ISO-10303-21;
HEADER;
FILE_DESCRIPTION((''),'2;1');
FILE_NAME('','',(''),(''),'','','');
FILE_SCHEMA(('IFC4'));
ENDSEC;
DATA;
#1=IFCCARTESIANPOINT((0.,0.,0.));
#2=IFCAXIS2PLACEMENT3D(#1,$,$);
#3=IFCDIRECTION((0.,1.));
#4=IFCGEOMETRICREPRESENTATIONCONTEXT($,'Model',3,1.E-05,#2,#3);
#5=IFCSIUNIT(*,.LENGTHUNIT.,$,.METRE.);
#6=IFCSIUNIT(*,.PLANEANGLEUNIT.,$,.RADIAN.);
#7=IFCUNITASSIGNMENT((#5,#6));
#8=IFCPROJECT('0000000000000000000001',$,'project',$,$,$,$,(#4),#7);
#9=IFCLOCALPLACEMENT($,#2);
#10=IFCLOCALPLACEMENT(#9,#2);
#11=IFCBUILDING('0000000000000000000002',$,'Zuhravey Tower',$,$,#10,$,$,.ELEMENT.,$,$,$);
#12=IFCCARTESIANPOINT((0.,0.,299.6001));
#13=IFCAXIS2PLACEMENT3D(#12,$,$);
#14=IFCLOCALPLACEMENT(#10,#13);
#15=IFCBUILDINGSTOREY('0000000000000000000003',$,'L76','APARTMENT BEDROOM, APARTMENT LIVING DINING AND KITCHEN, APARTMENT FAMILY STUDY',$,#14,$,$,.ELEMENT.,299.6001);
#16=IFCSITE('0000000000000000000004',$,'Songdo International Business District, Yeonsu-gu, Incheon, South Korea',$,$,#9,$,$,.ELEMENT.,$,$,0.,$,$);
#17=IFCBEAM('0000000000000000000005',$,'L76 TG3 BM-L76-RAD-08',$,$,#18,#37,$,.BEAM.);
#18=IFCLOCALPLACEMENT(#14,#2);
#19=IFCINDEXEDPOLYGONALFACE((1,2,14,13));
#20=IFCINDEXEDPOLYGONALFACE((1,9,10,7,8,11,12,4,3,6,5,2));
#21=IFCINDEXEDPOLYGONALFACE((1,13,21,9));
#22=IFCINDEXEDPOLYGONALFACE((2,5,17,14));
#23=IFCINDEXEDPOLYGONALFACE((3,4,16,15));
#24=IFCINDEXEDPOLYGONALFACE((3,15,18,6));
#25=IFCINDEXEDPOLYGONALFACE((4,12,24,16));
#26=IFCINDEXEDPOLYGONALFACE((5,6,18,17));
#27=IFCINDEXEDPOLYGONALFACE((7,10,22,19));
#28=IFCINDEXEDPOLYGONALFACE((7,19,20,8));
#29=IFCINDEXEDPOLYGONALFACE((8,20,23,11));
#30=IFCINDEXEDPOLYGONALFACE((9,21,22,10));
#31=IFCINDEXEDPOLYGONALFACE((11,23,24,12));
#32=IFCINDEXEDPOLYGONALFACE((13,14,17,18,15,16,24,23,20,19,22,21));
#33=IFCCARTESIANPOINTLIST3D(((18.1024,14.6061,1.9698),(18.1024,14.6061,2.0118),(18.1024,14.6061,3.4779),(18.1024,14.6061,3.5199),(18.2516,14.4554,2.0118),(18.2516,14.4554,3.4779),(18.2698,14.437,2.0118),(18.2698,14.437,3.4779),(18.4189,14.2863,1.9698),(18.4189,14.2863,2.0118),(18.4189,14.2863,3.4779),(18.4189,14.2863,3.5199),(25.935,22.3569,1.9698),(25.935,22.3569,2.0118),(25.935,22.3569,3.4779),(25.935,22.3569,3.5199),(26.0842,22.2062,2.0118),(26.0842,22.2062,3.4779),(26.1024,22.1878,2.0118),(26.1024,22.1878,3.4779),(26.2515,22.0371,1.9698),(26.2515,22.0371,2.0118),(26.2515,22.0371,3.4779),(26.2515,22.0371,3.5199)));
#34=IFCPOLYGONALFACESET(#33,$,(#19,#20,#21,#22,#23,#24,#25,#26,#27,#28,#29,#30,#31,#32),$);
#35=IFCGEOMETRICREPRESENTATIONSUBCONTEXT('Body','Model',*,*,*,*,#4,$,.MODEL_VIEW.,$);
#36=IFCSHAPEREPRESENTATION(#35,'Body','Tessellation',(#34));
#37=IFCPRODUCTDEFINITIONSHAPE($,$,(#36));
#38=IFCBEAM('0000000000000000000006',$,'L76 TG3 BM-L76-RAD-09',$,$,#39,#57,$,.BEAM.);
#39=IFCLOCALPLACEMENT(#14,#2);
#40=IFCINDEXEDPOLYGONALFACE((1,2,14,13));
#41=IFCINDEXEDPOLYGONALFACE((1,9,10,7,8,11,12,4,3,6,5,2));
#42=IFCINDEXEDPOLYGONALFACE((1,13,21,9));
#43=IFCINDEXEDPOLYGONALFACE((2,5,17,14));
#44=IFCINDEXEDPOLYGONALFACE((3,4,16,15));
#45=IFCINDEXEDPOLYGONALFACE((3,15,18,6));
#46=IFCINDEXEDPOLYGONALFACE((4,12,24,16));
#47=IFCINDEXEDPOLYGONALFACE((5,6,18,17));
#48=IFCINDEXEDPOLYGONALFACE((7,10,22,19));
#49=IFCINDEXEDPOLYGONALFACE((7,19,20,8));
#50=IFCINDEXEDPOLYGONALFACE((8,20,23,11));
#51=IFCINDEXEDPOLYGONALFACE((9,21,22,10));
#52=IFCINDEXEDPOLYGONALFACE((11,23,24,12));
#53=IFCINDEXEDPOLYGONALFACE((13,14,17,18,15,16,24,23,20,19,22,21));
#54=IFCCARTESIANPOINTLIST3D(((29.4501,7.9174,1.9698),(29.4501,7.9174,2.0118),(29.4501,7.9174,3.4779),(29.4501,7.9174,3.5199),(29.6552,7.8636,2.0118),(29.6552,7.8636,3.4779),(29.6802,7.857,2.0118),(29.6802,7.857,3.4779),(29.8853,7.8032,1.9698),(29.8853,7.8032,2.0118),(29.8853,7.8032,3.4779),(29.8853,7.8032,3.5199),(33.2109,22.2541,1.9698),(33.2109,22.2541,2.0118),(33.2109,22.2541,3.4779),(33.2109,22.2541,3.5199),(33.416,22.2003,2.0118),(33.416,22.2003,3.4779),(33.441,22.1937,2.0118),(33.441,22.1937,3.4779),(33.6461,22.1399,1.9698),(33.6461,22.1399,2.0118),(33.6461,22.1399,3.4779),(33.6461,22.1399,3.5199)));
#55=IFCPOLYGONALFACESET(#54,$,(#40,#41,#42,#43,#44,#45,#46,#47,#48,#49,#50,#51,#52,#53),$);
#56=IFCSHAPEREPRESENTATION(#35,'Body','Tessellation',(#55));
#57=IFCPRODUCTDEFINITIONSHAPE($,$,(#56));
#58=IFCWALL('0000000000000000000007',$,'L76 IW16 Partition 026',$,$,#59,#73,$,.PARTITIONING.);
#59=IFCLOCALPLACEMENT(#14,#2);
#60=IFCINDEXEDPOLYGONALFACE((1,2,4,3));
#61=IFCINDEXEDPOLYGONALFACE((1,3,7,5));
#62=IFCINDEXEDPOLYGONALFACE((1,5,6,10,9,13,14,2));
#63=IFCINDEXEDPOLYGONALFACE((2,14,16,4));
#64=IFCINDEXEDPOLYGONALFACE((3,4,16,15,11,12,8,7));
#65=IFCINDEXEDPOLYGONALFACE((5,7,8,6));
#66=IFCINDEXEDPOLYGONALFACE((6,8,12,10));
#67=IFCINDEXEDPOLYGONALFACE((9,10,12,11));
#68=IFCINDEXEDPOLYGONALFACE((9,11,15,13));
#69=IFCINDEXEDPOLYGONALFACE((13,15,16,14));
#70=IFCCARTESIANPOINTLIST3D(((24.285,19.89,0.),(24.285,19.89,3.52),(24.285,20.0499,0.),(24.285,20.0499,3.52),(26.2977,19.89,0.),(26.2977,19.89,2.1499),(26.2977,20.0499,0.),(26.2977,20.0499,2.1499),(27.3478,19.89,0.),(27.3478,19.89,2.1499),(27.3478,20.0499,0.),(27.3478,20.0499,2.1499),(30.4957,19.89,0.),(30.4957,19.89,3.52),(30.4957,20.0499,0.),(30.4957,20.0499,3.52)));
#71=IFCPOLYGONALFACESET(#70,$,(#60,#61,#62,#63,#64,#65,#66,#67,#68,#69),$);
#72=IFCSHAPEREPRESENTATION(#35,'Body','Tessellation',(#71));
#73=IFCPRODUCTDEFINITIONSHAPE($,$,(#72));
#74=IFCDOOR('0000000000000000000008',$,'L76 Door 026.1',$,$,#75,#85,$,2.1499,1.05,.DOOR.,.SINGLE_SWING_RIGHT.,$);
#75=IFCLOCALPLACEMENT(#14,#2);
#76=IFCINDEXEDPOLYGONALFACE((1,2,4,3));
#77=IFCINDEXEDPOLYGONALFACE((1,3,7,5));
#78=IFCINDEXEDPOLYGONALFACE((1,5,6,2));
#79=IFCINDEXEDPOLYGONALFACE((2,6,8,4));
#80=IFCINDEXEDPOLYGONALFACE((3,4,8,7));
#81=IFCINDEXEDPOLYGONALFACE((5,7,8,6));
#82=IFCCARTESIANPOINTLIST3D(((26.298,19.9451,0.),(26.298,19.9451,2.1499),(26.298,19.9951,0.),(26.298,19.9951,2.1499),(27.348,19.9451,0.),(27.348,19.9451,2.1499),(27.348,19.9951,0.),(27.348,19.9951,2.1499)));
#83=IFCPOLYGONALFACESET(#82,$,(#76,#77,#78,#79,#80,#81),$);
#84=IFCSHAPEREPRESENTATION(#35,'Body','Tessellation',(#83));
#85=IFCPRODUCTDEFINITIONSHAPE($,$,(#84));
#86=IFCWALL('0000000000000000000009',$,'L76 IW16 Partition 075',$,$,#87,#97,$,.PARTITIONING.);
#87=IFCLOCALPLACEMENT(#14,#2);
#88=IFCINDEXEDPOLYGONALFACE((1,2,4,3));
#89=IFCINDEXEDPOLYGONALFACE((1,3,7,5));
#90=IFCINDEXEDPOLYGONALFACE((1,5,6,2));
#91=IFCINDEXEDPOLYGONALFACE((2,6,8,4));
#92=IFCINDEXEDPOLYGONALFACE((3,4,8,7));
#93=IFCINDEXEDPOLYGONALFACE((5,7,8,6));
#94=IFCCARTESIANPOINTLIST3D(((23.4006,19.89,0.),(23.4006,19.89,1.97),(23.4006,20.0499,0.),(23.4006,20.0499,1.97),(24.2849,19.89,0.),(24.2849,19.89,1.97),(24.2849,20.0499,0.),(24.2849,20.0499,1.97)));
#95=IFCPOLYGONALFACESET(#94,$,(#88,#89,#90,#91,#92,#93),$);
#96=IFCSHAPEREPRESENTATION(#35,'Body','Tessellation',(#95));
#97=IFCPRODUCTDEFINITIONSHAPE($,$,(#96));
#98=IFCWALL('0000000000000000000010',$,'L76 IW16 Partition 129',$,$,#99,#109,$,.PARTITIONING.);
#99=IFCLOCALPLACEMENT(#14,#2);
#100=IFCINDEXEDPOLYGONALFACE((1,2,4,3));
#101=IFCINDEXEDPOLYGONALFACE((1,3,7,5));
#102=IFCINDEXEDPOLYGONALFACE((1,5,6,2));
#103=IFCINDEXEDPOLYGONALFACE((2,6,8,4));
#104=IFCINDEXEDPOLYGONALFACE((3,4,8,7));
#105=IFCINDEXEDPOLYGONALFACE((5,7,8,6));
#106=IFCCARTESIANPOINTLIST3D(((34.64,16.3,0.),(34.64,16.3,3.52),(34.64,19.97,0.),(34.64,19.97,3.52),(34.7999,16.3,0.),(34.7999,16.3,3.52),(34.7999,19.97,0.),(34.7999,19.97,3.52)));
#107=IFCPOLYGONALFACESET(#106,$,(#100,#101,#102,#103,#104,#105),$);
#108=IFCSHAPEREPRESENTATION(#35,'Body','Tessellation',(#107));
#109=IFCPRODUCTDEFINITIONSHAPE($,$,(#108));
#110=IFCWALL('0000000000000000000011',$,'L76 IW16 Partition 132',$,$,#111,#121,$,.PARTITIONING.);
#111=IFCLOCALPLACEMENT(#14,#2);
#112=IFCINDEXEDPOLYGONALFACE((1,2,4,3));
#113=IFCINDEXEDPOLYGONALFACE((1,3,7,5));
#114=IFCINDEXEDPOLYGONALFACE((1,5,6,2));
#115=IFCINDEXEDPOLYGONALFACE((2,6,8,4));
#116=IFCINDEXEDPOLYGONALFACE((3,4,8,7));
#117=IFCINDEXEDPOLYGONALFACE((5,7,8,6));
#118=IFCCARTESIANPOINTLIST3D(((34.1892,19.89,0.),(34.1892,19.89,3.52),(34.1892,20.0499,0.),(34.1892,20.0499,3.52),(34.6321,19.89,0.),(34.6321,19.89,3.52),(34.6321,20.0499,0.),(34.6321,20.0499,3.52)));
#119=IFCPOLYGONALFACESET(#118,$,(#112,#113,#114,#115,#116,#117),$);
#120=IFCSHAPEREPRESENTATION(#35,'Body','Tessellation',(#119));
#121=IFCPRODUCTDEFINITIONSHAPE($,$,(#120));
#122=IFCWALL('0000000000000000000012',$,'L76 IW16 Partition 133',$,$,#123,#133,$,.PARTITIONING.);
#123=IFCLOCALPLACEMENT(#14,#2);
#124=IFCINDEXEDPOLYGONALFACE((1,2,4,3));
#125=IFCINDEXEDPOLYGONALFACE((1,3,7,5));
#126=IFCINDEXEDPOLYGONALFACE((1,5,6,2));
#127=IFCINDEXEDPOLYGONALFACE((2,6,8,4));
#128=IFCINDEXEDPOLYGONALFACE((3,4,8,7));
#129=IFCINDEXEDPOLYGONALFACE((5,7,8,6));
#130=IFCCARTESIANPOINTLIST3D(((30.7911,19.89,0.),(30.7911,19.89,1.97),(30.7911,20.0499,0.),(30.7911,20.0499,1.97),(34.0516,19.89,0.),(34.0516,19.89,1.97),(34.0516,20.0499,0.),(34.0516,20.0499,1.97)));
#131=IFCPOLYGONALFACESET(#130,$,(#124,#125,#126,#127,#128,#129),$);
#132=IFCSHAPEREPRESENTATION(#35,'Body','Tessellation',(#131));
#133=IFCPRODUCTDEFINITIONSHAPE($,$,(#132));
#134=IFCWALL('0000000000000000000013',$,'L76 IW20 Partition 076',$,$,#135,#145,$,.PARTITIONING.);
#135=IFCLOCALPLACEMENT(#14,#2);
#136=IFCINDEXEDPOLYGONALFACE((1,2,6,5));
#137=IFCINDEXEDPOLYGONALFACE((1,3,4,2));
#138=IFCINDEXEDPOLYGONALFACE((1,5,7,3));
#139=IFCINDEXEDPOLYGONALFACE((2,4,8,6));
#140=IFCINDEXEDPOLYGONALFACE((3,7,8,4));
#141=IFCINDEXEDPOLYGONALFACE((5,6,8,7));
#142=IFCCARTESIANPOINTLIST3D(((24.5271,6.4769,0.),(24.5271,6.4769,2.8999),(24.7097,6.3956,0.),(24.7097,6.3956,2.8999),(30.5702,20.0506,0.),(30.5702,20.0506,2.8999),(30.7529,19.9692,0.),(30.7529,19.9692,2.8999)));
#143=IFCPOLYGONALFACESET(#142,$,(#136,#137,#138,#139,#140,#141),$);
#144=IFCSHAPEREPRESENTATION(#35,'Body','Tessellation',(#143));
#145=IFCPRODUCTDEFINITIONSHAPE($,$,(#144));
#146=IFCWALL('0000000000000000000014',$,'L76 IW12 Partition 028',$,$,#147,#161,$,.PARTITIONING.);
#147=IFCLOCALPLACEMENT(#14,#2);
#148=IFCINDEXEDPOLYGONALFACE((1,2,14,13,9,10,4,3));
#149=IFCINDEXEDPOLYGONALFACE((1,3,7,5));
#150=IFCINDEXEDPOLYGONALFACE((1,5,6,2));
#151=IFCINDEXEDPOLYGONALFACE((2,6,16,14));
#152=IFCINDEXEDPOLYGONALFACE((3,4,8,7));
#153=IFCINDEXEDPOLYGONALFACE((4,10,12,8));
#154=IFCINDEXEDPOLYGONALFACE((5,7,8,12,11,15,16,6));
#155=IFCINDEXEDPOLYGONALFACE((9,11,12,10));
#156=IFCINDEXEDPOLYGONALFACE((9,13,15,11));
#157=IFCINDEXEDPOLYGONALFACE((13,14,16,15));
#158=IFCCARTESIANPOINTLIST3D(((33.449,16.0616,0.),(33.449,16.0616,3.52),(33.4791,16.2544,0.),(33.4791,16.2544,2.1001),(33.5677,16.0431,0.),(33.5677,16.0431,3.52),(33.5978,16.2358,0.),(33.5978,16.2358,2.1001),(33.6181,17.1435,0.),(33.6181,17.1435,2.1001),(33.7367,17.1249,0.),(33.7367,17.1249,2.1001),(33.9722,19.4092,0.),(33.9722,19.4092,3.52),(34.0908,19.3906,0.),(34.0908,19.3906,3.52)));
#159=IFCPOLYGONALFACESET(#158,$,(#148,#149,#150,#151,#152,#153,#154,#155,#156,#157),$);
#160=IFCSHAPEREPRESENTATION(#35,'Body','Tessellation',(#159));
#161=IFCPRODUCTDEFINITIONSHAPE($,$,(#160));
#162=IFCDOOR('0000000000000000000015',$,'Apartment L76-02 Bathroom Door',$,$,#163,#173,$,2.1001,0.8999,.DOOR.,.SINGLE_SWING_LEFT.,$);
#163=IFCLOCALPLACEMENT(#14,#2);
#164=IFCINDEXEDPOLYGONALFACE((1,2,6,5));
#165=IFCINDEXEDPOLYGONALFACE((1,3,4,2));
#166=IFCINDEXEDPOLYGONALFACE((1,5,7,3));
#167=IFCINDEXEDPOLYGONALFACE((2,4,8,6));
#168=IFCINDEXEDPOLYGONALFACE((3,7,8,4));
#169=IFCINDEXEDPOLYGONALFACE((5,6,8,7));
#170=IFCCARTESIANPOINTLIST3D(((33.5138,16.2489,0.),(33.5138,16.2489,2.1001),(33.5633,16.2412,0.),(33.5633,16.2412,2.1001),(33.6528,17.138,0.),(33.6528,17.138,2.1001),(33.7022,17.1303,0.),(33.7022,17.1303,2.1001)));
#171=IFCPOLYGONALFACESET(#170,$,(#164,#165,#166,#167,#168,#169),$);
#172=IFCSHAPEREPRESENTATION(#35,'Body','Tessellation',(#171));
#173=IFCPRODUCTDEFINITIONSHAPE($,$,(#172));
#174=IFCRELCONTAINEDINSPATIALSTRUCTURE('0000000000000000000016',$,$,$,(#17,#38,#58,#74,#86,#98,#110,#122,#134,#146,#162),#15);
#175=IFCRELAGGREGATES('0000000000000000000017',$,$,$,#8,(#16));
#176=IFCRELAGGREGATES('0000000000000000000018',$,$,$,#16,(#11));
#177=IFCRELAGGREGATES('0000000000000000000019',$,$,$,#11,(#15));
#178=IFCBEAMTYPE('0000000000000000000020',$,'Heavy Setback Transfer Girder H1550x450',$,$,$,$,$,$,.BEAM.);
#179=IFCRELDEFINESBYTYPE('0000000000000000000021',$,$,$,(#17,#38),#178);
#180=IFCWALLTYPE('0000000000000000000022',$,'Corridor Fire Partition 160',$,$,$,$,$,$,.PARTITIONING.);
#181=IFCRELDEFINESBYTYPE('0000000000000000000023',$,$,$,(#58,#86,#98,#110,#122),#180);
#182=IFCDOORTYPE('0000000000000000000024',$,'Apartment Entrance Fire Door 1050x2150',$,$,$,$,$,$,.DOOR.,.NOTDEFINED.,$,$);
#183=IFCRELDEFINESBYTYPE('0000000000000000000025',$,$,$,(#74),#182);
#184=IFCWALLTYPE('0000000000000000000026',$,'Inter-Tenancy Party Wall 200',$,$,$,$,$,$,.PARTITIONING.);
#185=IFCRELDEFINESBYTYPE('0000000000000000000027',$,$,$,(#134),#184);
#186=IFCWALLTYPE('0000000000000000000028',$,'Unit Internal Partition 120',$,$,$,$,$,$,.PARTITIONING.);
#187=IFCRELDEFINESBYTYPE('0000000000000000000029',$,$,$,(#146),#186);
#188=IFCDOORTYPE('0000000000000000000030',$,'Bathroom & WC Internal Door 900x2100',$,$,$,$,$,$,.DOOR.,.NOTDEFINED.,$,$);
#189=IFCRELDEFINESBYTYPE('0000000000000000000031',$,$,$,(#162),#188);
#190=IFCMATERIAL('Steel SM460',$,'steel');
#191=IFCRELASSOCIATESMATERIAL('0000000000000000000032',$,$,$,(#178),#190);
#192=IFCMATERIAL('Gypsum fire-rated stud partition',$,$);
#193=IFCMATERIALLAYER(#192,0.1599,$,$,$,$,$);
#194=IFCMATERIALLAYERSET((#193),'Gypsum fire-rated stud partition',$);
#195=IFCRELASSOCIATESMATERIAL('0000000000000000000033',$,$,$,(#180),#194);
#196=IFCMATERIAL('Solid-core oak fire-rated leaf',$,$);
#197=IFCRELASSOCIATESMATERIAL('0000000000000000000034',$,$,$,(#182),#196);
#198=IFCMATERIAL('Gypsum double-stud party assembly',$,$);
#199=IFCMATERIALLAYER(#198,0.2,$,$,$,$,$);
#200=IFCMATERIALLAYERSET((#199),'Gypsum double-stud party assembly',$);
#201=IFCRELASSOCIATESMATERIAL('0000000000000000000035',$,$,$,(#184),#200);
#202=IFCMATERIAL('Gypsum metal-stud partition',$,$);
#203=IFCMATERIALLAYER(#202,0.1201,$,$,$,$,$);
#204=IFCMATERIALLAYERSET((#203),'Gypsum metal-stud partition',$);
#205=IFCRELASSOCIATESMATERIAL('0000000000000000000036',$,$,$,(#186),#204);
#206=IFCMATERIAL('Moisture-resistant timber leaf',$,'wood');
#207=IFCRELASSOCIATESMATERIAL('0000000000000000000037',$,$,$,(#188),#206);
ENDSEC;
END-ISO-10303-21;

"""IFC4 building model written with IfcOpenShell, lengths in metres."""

from ifc_helpers import new_model, si_unit, direction, frame, frame_2d, origin, origin_2d, place, context, subcontext, project, spatial, rectangle, i_section, extrude, material, layer, layer_set, material_profile, profile_set, type_object, element, fill, save


model = new_model("IFC4")

# Units and contexts
model_context = context("Model", 3, precision=1e-05, world=origin(), true_north=direction((0.0, 1.0)))
body_context = subcontext(model_context, "Body", "Model", "MODEL_VIEW")
ifc_project = project(units=[si_unit("LENGTHUNIT", "METRE"), si_unit("PLANEANGLEUNIT", "RADIAN")], contexts=[model_context])

# Site, building, storey
site_placement = place(None, origin())
site = spatial("IfcSite", under=ifc_project, at=site_placement, Name="Songdo International Business District, Yeonsu-gu, Incheon, South Korea", CompositionType="ELEMENT", RefElevation=0.0)
building_placement = place(site_placement, origin())
building = spatial("IfcBuilding", under=site, at=building_placement, Name="Zuhravey Tower", CompositionType="ELEMENT")
storey_placement = place(building_placement, frame((0.0, 0.0, 299.6001)))
storey = spatial("IfcBuildingStorey", under=building, at=storey_placement, Name="L76", Description="APARTMENT BEDROOM, APARTMENT LIVING DINING AND KITCHEN, APARTMENT FAMILY STUDY", CompositionType="ELEMENT", Elevation=299.6001)

# Beams
ifc_material_1 = material(Name="Steel SM460", Category="steel")
ifc_material_profile = material_profile(ifc_material_1, i_section(OverallWidth=0.45, OverallDepth=1.55, WebThickness=0.0259, FlangeThickness=0.042, at=origin_2d()), Name="H-1550x450x26x42")
ifc_profile_set = profile_set([ifc_material_profile], Name="Steel SM460")
beam_type = type_object("IfcBeamType", Name="Heavy Setback Transfer Girder H1550x450", PredefinedType="BEAM", material=ifc_profile_set)
beam_1_placement = place(storey_placement, frame((26.0933, 22.197, 2.7449), z_axis=(-0.710808, -0.703386, 0.0), x_axis=(0.703386, -0.710808, 0.0)))
element("IfcBeam", 1, at=beam_1_placement, inside=storey, type_object=beam_type, Name="L76 TG3 BM-L76-RAD-08", PredefinedType="BEAM", context=body_context, shape_type="SweptSolid", body=[
    extrude(i_section(OverallWidth=0.45, OverallDepth=1.55, WebThickness=0.0259, FlangeThickness=0.042, at=origin_2d()), origin(), (0.0, 0.0, 1.0), 11.0193),
])
beam_2_placement = place(storey_placement, frame((33.4285, 22.197, 2.7449), z_axis=(-0.253732, -0.967275, 0.0), x_axis=(0.967275, -0.253732, 0.0)))
element("IfcBeam", 2, at=beam_2_placement, inside=storey, type_object=beam_type, Name="L76 TG3 BM-L76-RAD-09", PredefinedType="BEAM", context=body_context, shape_type="SweptSolid", body=[
    extrude(i_section(OverallWidth=0.45, OverallDepth=1.55, WebThickness=0.0259, FlangeThickness=0.042, at=origin_2d()), origin(), (0.0, 0.0, 1.0), 14.8218),
])

# Wall, opening, door
ifc_material_2 = material(Name="Gypsum fire-rated stud partition")
ifc_layer_1 = layer(ifc_material_2, 0.1599)
ifc_layer_set_1 = layer_set([ifc_layer_1], Name="Gypsum fire-rated stud partition")
wall_type_1 = type_object("IfcWallType", Name="Corridor Fire Partition 160", PredefinedType="PARTITIONING", material=ifc_layer_set_1)
wall_1_placement = place(storey_placement, frame((24.2849, 19.97, 0.0), z_axis=(0.0, 0.0, 1.0), x_axis=(1.0, 0.0, 0.0)))
wall_1 = element("IfcWall", 3, at=wall_1_placement, inside=storey, type_object=wall_type_1, Name="L76 IW16 Partition 026", PredefinedType="PARTITIONING", context=body_context, shape_type="SweptSolid", body=[
    extrude(rectangle(XDim=6.2107, YDim=0.1599, at=frame_2d((3.1055, 0.0))), origin(), (0.0, 0.0, 1.0), 3.52),
])
opening_1_placement = place(wall_1_placement, frame((2.0129, 0.0, 0.0)))
opening_1 = element("IfcOpeningElement", 4, at=opening_1_placement, cuts=wall_1, PredefinedType="OPENING", context=body_context, shape_type="SweptSolid", body=[
    extrude(rectangle(XDim=1.05, YDim=2.1499, at=frame_2d((0.5249, 1.075))), frame((0.0, 0.092, 0.0), z_axis=(0.0, -1.0, 0.0), x_axis=(1.0, 0.0, 0.0)), (0.0, 0.0, 1.0), 0.1838),
])
ifc_material_3 = material(Name="Solid-core oak fire-rated leaf")
door_type_1 = type_object("IfcDoorType", Name="Apartment Entrance Fire Door 1050x2150", OperationType="NOTDEFINED", PredefinedType="DOOR", material=ifc_material_3)
door_1_placement = place(opening_1_placement, frame((1.05, 0.0, 0.0), z_axis=(0.0, 0.0, 1.0), x_axis=(-1.0, 0.0, 0.0)))
door_1 = element("IfcDoor", 5, at=door_1_placement, inside=storey, type_object=door_type_1, Name="L76 Door 026.1", OperationType="SINGLE_SWING_RIGHT", OverallHeight=2.1499, OverallWidth=1.05, PredefinedType="DOOR", context=body_context, shape_type="SweptSolid", body=[
    extrude(rectangle(XDim=1.05, YDim=2.1499, at=frame_2d((0.5249, 1.075))), frame((0.0, 0.0249, 0.0), z_axis=(0.0, -1.0, 0.0), x_axis=(1.0, 0.0, 0.0)), (0.0, 0.0, 1.0), 0.05),
])
fill(opening_1, door_1)

# Walls
wall_2_placement = place(storey_placement, frame((23.4006, 19.97, 0.0), z_axis=(0.0, 0.0, 1.0), x_axis=(1.0, 0.0, 0.0)))
element("IfcWall", 6, at=wall_2_placement, inside=storey, type_object=wall_type_1, Name="L76 IW16 Partition 075", PredefinedType="PARTITIONING", context=body_context, shape_type="SweptSolid", body=[
    extrude(rectangle(XDim=0.8843, YDim=0.1599, at=frame_2d((0.4421, 0.0))), origin(), (0.0, 0.0, 1.0), 1.97),
])
wall_3_placement = place(storey_placement, frame((34.72, 19.97, 0.0), z_axis=(0.0, 0.0, 1.0), x_axis=(0.0, -1.0, 0.0)))
element("IfcWall", 7, at=wall_3_placement, inside=storey, type_object=wall_type_1, Name="L76 IW16 Partition 129", PredefinedType="PARTITIONING", context=body_context, shape_type="SweptSolid", body=[
    extrude(rectangle(XDim=3.6699, YDim=0.1599, at=frame_2d((1.835, 0.0))), origin(), (0.0, 0.0, 1.0), 3.52),
])
wall_4_placement = place(storey_placement, frame((34.1892, 19.97, 0.0), z_axis=(0.0, 0.0, 1.0), x_axis=(1.0, 0.0, 0.0)))
element("IfcWall", 8, at=wall_4_placement, inside=storey, type_object=wall_type_1, Name="L76 IW16 Partition 132", PredefinedType="PARTITIONING", context=body_context, shape_type="SweptSolid", body=[
    extrude(rectangle(XDim=0.4429, YDim=0.1599, at=frame_2d((0.2214, 0.0))), origin(), (0.0, 0.0, 1.0), 3.52),
])
wall_5_placement = place(storey_placement, frame((30.791, 19.97, 0.0), z_axis=(0.0, 0.0, 1.0), x_axis=(1.0, 0.0, 0.0)))
element("IfcWall", 9, at=wall_5_placement, inside=storey, type_object=wall_type_1, Name="L76 IW16 Partition 133", PredefinedType="PARTITIONING", context=body_context, shape_type="SweptSolid", body=[
    extrude(rectangle(XDim=3.2605, YDim=0.1599, at=frame_2d((1.6304, 0.0))), origin(), (0.0, 0.0, 1.0), 1.97),
])
ifc_material_4 = material(Name="Gypsum double-stud party assembly")
ifc_layer_2 = layer(ifc_material_4, 0.2)
ifc_layer_set_2 = layer_set([ifc_layer_2], Name="Gypsum double-stud party assembly")
wall_type_2 = type_object("IfcWallType", Name="Inter-Tenancy Party Wall 200", PredefinedType="PARTITIONING", material=ifc_layer_set_2)
wall_6_placement = place(storey_placement, frame((30.6616, 20.01, 0.0), z_axis=(0.0, 0.0, 1.0), x_axis=(-0.406725, -0.91355, 0.0)))
element("IfcWall", 10, at=wall_6_placement, inside=storey, type_object=wall_type_2, Name="L76 IW20 Partition 076", PredefinedType="PARTITIONING", context=body_context, shape_type="SweptSolid", body=[
    extrude(rectangle(XDim=14.8582, YDim=0.2, at=frame_2d((7.4292, 0.0))), origin(), (0.0, 0.0, 1.0), 2.8999),
])

# Wall, opening, door
ifc_material_5 = material(Name="Gypsum metal-stud partition")
ifc_layer_3 = layer(ifc_material_5, 0.1201)
ifc_layer_set_3 = layer_set([ifc_layer_3], Name="Gypsum metal-stud partition")
wall_type_3 = type_object("IfcWallType", Name="Unit Internal Partition 120", PredefinedType="PARTITIONING", material=ifc_layer_set_3)
wall_7_placement = place(storey_placement, frame((34.0315, 19.3999, 0.0), z_axis=(0.0, 0.0, 1.0), x_axis=(-0.154412, -0.988007, 0.0)))
wall_7 = element("IfcWall", 11, at=wall_7_placement, inside=storey, type_object=wall_type_3, Name="L76 IW12 Partition 028", PredefinedType="PARTITIONING", context=body_context, shape_type="SweptSolid", body=[
    extrude(rectangle(XDim=3.3882, YDim=0.1201, at=frame_2d((1.6941, 0.0))), origin(), (0.0, 0.0, 1.0), 3.52),
])
opening_2_placement = place(wall_7_placement, frame((2.2932, 0.0, 0.0)))
opening_2 = element("IfcOpeningElement", 12, at=opening_2_placement, cuts=wall_7, PredefinedType="OPENING", context=body_context, shape_type="SweptSolid", body=[
    extrude(rectangle(XDim=0.8999, YDim=2.1001, at=frame_2d((0.45, 1.05))), frame((0.0, 0.072, 0.0), z_axis=(0.0, -1.0, 0.0), x_axis=(1.0, 0.0, 0.0)), (0.0, 0.0, 1.0), 0.144),
])
ifc_material_6 = material(Name="Moisture-resistant timber leaf", Category="wood")
door_type_2 = type_object("IfcDoorType", Name="Bathroom & WC Internal Door 900x2100", OperationType="NOTDEFINED", PredefinedType="DOOR", material=ifc_material_6)
door_2_placement = place(opening_2_placement, frame((0.8999, 0.0, 0.0), z_axis=(0.0, 0.0, 1.0), x_axis=(-1.0, 0.0, 0.0)))
door_2 = element("IfcDoor", 13, at=door_2_placement, inside=storey, type_object=door_type_2, Name="Apartment L76-02 Bathroom Door", OperationType="SINGLE_SWING_LEFT", OverallHeight=2.1001, OverallWidth=0.8999, PredefinedType="DOOR", context=body_context, shape_type="SweptSolid", body=[
    extrude(rectangle(XDim=0.8999, YDim=2.1001, at=frame_2d((0.45, 1.05))), frame((0.0, 0.0249, 0.0), z_axis=(0.0, -1.0, 0.0), x_axis=(1.0, 0.0, 0.0)), (0.0, 0.0, 1.0), 0.05),
])
fill(opening_2, door_2)

save(model, "model.ifc")
